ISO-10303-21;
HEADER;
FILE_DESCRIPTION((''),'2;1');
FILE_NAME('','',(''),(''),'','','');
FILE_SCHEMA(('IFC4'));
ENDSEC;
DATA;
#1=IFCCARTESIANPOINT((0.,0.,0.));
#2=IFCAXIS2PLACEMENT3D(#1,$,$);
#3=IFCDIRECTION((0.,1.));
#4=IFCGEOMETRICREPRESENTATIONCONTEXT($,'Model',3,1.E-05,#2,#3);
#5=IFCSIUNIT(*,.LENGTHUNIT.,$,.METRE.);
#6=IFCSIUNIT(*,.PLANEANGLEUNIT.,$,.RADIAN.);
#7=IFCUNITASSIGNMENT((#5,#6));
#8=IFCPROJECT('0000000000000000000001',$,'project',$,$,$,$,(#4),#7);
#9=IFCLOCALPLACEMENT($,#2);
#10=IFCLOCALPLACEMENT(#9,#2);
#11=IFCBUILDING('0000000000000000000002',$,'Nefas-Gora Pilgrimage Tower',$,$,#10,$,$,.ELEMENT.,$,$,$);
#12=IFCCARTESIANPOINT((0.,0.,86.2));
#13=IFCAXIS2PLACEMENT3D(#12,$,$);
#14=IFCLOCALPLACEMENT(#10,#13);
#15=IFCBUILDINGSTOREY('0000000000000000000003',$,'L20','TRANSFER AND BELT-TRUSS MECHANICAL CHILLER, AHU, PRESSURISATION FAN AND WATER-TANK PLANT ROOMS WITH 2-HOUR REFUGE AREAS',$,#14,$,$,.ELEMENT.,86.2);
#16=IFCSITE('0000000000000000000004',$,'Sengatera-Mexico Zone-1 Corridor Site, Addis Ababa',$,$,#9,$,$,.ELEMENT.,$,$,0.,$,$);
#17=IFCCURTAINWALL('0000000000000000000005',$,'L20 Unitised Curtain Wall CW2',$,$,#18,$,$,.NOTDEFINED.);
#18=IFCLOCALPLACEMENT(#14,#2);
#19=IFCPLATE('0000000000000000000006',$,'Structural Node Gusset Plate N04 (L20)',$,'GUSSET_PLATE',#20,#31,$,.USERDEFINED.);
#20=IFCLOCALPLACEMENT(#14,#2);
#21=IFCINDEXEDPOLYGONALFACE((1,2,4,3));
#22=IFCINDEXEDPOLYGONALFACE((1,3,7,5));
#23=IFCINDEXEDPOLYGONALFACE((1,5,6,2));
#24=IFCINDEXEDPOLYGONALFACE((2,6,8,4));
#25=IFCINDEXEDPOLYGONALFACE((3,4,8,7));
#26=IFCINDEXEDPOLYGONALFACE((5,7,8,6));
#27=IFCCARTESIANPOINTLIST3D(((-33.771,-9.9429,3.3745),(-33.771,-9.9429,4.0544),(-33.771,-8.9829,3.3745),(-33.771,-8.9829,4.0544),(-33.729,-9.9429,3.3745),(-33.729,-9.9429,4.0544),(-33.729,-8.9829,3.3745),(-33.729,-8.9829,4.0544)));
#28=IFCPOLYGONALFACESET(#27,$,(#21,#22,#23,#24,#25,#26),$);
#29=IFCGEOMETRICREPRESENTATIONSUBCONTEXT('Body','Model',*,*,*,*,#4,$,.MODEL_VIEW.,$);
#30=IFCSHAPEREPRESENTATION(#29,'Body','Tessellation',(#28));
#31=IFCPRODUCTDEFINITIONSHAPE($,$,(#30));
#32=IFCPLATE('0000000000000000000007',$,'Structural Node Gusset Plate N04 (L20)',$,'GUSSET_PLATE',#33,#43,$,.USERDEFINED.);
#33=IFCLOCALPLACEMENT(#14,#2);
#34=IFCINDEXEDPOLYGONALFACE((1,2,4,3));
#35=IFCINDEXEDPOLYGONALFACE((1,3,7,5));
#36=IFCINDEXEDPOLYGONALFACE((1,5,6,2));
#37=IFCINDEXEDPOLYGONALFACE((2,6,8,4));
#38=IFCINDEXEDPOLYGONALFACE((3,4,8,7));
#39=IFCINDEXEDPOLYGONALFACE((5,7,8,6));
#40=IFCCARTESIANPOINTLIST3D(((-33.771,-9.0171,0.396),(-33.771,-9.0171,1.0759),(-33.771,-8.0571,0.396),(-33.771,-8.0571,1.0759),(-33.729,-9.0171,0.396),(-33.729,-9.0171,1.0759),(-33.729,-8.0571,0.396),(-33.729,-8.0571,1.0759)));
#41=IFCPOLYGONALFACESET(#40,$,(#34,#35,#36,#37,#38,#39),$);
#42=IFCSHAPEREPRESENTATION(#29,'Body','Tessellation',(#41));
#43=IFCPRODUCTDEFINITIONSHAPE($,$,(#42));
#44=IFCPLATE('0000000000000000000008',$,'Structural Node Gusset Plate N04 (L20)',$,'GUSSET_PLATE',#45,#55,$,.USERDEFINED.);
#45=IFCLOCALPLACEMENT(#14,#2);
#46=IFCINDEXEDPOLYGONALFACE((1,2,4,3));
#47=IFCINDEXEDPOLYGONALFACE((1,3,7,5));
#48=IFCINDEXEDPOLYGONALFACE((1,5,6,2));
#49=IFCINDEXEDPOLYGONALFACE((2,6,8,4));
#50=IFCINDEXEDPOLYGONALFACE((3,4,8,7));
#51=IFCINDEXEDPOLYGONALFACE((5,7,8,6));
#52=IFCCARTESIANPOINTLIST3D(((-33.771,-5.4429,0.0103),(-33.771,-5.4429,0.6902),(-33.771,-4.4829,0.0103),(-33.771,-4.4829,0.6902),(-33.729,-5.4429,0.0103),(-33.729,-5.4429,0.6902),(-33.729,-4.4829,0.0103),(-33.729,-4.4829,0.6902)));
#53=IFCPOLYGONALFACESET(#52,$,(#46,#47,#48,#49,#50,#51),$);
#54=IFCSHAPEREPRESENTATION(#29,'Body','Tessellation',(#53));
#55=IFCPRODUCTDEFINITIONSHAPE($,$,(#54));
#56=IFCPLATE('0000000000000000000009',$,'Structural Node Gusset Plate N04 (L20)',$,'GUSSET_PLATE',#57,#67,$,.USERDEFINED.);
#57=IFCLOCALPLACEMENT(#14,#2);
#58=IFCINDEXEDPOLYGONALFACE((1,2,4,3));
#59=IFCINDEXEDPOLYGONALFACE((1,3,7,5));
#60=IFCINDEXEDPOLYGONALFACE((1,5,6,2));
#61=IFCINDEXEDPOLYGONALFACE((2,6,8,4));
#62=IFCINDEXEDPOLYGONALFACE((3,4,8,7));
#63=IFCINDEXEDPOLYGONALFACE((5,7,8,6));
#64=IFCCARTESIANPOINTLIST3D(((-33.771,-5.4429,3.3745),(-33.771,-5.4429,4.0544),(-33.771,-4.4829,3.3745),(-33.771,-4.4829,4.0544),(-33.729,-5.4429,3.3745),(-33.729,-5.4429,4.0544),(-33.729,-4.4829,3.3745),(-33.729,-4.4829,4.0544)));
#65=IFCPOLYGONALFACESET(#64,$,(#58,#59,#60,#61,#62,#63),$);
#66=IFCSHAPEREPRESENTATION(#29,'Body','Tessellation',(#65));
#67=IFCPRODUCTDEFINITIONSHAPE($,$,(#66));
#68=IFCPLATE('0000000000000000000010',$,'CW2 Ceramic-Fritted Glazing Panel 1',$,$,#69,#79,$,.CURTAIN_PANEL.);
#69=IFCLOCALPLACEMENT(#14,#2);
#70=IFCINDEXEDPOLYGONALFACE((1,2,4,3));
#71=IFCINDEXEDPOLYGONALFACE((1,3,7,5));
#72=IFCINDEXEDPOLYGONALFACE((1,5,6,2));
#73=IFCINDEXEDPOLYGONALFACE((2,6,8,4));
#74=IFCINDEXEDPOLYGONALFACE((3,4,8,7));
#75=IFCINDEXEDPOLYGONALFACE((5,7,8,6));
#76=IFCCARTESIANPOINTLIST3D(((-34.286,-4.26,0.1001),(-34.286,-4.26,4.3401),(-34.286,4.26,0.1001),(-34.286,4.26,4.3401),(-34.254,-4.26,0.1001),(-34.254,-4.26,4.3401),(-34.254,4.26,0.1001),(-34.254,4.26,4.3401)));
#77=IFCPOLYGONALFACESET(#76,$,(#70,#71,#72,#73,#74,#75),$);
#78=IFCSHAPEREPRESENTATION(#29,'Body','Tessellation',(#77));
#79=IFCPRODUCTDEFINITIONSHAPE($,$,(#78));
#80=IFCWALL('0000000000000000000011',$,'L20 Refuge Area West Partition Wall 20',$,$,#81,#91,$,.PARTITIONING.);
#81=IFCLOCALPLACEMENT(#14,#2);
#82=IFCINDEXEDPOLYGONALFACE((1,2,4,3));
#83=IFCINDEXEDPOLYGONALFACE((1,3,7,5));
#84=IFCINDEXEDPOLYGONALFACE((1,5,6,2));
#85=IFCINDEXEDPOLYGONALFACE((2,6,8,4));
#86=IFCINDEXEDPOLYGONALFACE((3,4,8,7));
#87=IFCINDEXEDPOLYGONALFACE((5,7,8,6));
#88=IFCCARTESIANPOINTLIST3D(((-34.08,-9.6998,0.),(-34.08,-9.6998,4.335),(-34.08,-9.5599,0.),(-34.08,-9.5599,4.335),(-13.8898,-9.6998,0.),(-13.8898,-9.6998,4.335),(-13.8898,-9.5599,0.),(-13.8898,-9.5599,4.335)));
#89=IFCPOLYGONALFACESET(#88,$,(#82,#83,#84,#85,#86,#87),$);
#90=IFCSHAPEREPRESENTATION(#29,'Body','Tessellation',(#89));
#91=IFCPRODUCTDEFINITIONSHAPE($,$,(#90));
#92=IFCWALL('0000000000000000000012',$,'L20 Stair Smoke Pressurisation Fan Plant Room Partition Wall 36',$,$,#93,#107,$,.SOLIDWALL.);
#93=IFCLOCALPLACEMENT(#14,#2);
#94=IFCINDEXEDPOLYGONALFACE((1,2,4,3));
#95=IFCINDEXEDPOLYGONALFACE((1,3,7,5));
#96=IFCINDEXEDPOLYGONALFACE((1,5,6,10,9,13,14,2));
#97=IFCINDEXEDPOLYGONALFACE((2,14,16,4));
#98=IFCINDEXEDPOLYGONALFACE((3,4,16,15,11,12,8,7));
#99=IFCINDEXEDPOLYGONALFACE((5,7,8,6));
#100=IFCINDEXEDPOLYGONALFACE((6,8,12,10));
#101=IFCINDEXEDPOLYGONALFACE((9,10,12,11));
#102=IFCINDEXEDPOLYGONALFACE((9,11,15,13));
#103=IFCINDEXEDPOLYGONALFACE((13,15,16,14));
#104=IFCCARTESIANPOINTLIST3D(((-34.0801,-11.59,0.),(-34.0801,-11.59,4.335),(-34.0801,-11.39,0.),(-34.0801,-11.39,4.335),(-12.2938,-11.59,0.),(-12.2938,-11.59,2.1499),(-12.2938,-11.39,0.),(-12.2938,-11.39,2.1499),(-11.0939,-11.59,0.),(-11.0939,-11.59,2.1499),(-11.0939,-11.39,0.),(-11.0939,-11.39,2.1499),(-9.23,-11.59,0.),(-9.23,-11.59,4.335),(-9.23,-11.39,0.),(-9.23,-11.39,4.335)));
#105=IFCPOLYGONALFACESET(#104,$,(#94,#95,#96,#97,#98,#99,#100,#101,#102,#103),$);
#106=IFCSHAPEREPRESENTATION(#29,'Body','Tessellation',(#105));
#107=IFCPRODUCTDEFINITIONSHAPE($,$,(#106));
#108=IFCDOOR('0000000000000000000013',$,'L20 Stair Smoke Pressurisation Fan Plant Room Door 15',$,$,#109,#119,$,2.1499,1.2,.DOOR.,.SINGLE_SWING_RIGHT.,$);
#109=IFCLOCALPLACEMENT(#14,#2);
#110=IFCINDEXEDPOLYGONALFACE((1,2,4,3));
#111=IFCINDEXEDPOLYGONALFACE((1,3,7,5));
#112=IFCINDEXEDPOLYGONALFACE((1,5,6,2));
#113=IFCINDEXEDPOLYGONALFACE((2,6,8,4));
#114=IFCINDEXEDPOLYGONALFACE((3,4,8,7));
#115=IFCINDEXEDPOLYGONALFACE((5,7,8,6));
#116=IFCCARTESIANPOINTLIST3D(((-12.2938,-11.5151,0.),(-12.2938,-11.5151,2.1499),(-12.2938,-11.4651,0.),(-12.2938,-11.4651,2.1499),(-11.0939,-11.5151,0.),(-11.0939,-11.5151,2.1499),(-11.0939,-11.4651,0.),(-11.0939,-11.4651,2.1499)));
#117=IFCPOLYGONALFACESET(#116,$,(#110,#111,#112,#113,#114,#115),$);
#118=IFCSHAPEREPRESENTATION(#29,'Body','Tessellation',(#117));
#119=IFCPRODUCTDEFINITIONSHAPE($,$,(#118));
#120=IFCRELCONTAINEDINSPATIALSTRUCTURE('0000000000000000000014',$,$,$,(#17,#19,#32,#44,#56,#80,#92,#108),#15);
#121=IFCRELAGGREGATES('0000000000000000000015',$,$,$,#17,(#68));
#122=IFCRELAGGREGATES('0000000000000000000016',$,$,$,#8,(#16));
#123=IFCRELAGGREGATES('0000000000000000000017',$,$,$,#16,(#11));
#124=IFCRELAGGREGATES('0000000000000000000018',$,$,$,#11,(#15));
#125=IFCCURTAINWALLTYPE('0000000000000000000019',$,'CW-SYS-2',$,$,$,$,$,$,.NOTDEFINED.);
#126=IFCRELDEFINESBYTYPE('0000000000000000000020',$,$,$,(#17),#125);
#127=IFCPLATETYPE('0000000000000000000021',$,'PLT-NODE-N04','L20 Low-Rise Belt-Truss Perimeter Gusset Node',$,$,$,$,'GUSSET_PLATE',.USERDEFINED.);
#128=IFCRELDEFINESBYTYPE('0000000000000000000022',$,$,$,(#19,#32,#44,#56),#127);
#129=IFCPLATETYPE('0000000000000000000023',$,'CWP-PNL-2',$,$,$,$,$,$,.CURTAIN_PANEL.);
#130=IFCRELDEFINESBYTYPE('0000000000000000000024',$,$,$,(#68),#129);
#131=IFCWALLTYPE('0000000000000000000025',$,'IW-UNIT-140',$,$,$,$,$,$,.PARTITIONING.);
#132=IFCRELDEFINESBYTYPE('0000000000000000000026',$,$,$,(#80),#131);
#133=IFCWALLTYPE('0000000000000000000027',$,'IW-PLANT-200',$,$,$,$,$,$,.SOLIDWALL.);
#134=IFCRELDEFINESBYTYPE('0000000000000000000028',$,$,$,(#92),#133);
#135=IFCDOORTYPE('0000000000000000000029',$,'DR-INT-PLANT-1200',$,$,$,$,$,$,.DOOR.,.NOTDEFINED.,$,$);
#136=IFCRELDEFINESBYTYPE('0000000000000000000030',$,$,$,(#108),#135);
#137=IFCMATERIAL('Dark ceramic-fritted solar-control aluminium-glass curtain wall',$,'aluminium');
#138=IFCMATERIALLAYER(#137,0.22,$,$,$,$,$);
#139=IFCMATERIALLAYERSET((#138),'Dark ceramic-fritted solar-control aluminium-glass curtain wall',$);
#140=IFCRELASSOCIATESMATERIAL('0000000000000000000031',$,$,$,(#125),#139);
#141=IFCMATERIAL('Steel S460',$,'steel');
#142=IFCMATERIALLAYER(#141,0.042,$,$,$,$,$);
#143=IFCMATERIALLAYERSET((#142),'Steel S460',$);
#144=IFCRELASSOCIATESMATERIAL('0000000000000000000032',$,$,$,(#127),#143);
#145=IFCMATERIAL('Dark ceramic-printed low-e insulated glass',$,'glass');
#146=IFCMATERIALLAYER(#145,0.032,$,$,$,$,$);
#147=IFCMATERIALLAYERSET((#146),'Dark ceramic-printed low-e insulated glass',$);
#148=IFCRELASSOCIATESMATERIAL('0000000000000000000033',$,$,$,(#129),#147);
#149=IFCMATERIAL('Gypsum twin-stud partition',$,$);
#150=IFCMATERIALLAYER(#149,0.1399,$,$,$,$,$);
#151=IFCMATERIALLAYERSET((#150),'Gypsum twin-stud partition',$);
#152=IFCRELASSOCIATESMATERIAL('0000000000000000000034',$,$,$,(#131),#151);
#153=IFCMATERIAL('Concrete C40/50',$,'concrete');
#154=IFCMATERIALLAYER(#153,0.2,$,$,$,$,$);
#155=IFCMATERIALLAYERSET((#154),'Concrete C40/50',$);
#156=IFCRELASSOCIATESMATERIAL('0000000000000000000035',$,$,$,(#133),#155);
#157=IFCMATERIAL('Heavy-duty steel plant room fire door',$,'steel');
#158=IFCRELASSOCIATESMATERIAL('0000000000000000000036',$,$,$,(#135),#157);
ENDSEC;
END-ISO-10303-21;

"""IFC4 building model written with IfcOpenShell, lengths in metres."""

from ifc_helpers import new_model, si_unit, direction, frame, frame_2d, origin, origin_2d, place, context, subcontext, project, spatial, rectangle, extrude, source, transform, mapped, material, layer, layer_set, type_object, element, fill, aggregate, save


model = new_model("IFC4")

# Units and contexts
model_context = context("Model", 3, precision=1e-05, world=origin(), true_north=direction((0.0, 1.0)))
body_context = subcontext(model_context, "Body", "Model", "MODEL_VIEW")
ifc_project = project(units=[si_unit("LENGTHUNIT", "METRE"), si_unit("PLANEANGLEUNIT", "RADIAN")], contexts=[model_context])

# Site, building, storey
site_placement = place(None, origin())
site = spatial("IfcSite", under=ifc_project, at=site_placement, Name="Sengatera-Mexico Zone-1 Corridor Site, Addis Ababa", CompositionType="ELEMENT", RefElevation=0.0)
building_placement = place(site_placement, origin())
building = spatial("IfcBuilding", under=site, at=building_placement, Name="Nefas-Gora Pilgrimage Tower", CompositionType="ELEMENT")
storey_placement = place(building_placement, frame((0.0, 0.0, 86.2)))
storey = spatial("IfcBuildingStorey", under=building, at=storey_placement, Name="L20", Description="TRANSFER AND BELT-TRUSS MECHANICAL CHILLER, AHU, PRESSURISATION FAN AND WATER-TANK PLANT ROOMS WITH 2-HOUR REFUGE AREAS", CompositionType="ELEMENT", Elevation=86.2)

# Shared definitions
ifc_material_1 = material(Name="Steel S460", Category="steel")

# Curtain wall
ifc_material_2 = material(Name="Dark ceramic-fritted solar-control aluminium-glass curtain wall", Category="aluminium")
ifc_layer_1 = layer(ifc_material_2, 0.22)
ifc_layer_set_1 = layer_set([ifc_layer_1], Name="Dark ceramic-fritted solar-control aluminium-glass curtain wall")
curtain_wall_type = type_object("IfcCurtainWallType", Name="CW-SYS-2", PredefinedType="NOTDEFINED", material=ifc_layer_set_1)
curtain_wall_placement = place(storey_placement, origin())
curtain_wall = element("IfcCurtainWall", 1, at=curtain_wall_placement, inside=storey, type_object=curtain_wall_type, Name="L20 Unitised Curtain Wall CW2", PredefinedType="NOTDEFINED")

# Plates
ifc_layer_2 = layer(ifc_material_1, 0.042)
ifc_layer_set_2 = layer_set([ifc_layer_2], Name="Steel S460")
plate_type_1 = type_object("IfcPlateType", Name="PLT-NODE-N04", Description="L20 Low-Rise Belt-Truss Perimeter Gusset Node", ElementType="GUSSET_PLATE", PredefinedType="USERDEFINED", material=ifc_layer_set_2)
shared_shape_1 = source(origin(), body_context, "Body", "SweptSolid", [
    extrude(rectangle(XDim=0.96, YDim=0.042, at=origin_2d()), origin(), (0.0, 0.0, 1.0), 0.6799),
])
for number, where, z_axis, x_axis, name in (
    (2, (-33.75, -9.4629, 3.3745), (0.0, 0.0, 1.0), (0.0, 1.0, 0.0), "Structural Node Gusset Plate N04 (L20)"),
    (3, (-33.75, -8.5371, 0.396), (0.0, 0.0, 1.0), (0.0, 1.0, 0.0), "Structural Node Gusset Plate N04 (L20)"),
    (4, (-33.75, -4.9629, 0.0103), (0.0, 0.0, 1.0), (0.0, 1.0, 0.0), "Structural Node Gusset Plate N04 (L20)"),
    (5, (-33.75, -4.9629, 3.3745), (0.0, 0.0, 1.0), (0.0, 1.0, 0.0), "Structural Node Gusset Plate N04 (L20)"),
):
    element("IfcPlate", number, at=place(storey_placement, frame(where, z_axis=z_axis, x_axis=x_axis)), inside=storey, type_object=plate_type_1, Name=name, ObjectType="GUSSET_PLATE", PredefinedType="USERDEFINED", context=body_context, shape_type="MappedRepresentation", body=[
        mapped(shared_shape_1, transform((0.0, 0.0, 0.0), x_axis=(1.0, 0.0, 0.0), y_axis=(0.0, 1.0, 0.0), z_axis=(0.0, 0.0, 1.0), scale=1.0)),
    ])

# Plate
ifc_material_3 = material(Name="Dark ceramic-printed low-e insulated glass", Category="glass")
ifc_layer_3 = layer(ifc_material_3, 0.032)
ifc_layer_set_3 = layer_set([ifc_layer_3], Name="Dark ceramic-printed low-e insulated glass")
plate_type_2 = type_object("IfcPlateType", Name="CWP-PNL-2", PredefinedType="CURTAIN_PANEL", material=ifc_layer_set_3)
shared_shape_2 = source(origin(), body_context, "Body", "SweptSolid", [
    extrude(rectangle(XDim=8.52, YDim=0.032, at=origin_2d()), origin(), (0.0, 0.0, 1.0), 4.24),
])
plate_placement = place(storey_placement, frame((-34.27, 0.0, 0.1001), z_axis=(0.0, 0.0, 1.0), x_axis=(0.0, -1.0, 0.0)))
plate = element("IfcPlate", 6, at=plate_placement, type_object=plate_type_2, Name="CW2 Ceramic-Fritted Glazing Panel 1", PredefinedType="CURTAIN_PANEL", context=body_context, shape_type="MappedRepresentation", body=[
    mapped(shared_shape_2, transform((0.0, 0.0, 0.0), x_axis=(1.0, 0.0, 0.0), y_axis=(0.0, 1.0, 0.0), z_axis=(0.0, 0.0, 1.0), scale=1.0)),
])
aggregate(curtain_wall, [plate])

# Wall
ifc_material_4 = material(Name="Gypsum twin-stud partition")
ifc_layer_4 = layer(ifc_material_4, 0.1399)
ifc_layer_set_4 = layer_set([ifc_layer_4], Name="Gypsum twin-stud partition")
wall_type_1 = type_object("IfcWallType", Name="IW-UNIT-140", PredefinedType="PARTITIONING", material=ifc_layer_set_4)
shared_shape_3 = source(origin(), body_context, "Body", "SweptSolid", [
    extrude(rectangle(XDim=20.1902, YDim=0.1399, at=frame_2d((10.0952, 0.0))), origin(), (0.0, 0.0, 1.0), 4.335),
])
wall_1_placement = place(storey_placement, frame((-34.0801, -9.6299, 0.0), z_axis=(0.0, 0.0, 1.0), x_axis=(1.0, 0.0, 0.0)))
element("IfcWall", 7, at=wall_1_placement, inside=storey, type_object=wall_type_1, Name="L20 Refuge Area West Partition Wall 20", PredefinedType="PARTITIONING", context=body_context, shape_type="MappedRepresentation", body=[
    mapped(shared_shape_3, transform((0.0, 0.0, 0.0), x_axis=(1.0, 0.0, 0.0), y_axis=(0.0, 1.0, 0.0), z_axis=(0.0, 0.0, 1.0), scale=1.0)),
])

# Wall, opening, door
ifc_material_5 = material(Name="Concrete C40/50", Category="concrete")
ifc_layer_5 = layer(ifc_material_5, 0.2)
ifc_layer_set_5 = layer_set([ifc_layer_5], Name="Concrete C40/50")
wall_type_2 = type_object("IfcWallType", Name="IW-PLANT-200", PredefinedType="SOLIDWALL", material=ifc_layer_set_5)
shared_shape_4 = source(origin(), body_context, "Body", "SweptSolid", [
    extrude(rectangle(XDim=24.8501, YDim=0.2, at=frame_2d((12.425, 0.0))), origin(), (0.0, 0.0, 1.0), 4.335),
])
wall_2_placement = place(storey_placement, frame((-34.0801, -11.49, 0.0), z_axis=(0.0, 0.0, 1.0), x_axis=(1.0, 0.0, 0.0)))
wall_2 = element("IfcWall", 8, at=wall_2_placement, inside=storey, type_object=wall_type_2, Name="L20 Stair Smoke Pressurisation Fan Plant Room Partition Wall 36", PredefinedType="SOLIDWALL", context=body_context, shape_type="MappedRepresentation", body=[
    mapped(shared_shape_4, transform((0.0, 0.0, 0.0), x_axis=(1.0, 0.0, 0.0), y_axis=(0.0, 1.0, 0.0), z_axis=(0.0, 0.0, 1.0), scale=1.0)),
])
opening_placement = place(wall_2_placement, frame((21.7861, 0.0, 0.0)))
opening = element("IfcOpeningElement", 9, at=opening_placement, cuts=wall_2, PredefinedType="OPENING", context=body_context, shape_type="SweptSolid", body=[
    extrude(rectangle(XDim=1.2, YDim=2.1499, at=frame_2d((0.6001, 1.075))), frame((0.0, 0.1099, 0.0), z_axis=(0.0, -1.0, 0.0), x_axis=(1.0, 0.0, 0.0)), (0.0, 0.0, 1.0), 0.22),
])
ifc_material_6 = material(Name="Heavy-duty steel plant room fire door", Category="steel")
door_type = type_object("IfcDoorType", Name="DR-INT-PLANT-1200", OperationType="NOTDEFINED", PredefinedType="DOOR", material=ifc_material_6)
shared_shape_5 = source(origin(), body_context, "Body", "SweptSolid", [
    extrude(rectangle(XDim=1.2, YDim=2.1499, at=frame_2d((0.6001, 1.075))), frame((0.0, 0.0249, 0.0), z_axis=(0.0, -1.0, 0.0), x_axis=(1.0, 0.0, 0.0)), (0.0, 0.0, 1.0), 0.05),
])
door_placement = place(opening_placement, origin())
door = element("IfcDoor", 10, at=door_placement, inside=storey, type_object=door_type, Name="L20 Stair Smoke Pressurisation Fan Plant Room Door 15", OperationType="SINGLE_SWING_RIGHT", OverallHeight=2.1499, OverallWidth=1.2, PredefinedType="DOOR", context=body_context, shape_type="MappedRepresentation", body=[
    mapped(shared_shape_5, transform((0.0, 0.0, 0.0), x_axis=(1.0, 0.0, 0.0), y_axis=(0.0, 1.0, 0.0), z_axis=(0.0, 0.0, 1.0), scale=1.0)),
])
fill(opening, door)

save(model, "model.ifc")
